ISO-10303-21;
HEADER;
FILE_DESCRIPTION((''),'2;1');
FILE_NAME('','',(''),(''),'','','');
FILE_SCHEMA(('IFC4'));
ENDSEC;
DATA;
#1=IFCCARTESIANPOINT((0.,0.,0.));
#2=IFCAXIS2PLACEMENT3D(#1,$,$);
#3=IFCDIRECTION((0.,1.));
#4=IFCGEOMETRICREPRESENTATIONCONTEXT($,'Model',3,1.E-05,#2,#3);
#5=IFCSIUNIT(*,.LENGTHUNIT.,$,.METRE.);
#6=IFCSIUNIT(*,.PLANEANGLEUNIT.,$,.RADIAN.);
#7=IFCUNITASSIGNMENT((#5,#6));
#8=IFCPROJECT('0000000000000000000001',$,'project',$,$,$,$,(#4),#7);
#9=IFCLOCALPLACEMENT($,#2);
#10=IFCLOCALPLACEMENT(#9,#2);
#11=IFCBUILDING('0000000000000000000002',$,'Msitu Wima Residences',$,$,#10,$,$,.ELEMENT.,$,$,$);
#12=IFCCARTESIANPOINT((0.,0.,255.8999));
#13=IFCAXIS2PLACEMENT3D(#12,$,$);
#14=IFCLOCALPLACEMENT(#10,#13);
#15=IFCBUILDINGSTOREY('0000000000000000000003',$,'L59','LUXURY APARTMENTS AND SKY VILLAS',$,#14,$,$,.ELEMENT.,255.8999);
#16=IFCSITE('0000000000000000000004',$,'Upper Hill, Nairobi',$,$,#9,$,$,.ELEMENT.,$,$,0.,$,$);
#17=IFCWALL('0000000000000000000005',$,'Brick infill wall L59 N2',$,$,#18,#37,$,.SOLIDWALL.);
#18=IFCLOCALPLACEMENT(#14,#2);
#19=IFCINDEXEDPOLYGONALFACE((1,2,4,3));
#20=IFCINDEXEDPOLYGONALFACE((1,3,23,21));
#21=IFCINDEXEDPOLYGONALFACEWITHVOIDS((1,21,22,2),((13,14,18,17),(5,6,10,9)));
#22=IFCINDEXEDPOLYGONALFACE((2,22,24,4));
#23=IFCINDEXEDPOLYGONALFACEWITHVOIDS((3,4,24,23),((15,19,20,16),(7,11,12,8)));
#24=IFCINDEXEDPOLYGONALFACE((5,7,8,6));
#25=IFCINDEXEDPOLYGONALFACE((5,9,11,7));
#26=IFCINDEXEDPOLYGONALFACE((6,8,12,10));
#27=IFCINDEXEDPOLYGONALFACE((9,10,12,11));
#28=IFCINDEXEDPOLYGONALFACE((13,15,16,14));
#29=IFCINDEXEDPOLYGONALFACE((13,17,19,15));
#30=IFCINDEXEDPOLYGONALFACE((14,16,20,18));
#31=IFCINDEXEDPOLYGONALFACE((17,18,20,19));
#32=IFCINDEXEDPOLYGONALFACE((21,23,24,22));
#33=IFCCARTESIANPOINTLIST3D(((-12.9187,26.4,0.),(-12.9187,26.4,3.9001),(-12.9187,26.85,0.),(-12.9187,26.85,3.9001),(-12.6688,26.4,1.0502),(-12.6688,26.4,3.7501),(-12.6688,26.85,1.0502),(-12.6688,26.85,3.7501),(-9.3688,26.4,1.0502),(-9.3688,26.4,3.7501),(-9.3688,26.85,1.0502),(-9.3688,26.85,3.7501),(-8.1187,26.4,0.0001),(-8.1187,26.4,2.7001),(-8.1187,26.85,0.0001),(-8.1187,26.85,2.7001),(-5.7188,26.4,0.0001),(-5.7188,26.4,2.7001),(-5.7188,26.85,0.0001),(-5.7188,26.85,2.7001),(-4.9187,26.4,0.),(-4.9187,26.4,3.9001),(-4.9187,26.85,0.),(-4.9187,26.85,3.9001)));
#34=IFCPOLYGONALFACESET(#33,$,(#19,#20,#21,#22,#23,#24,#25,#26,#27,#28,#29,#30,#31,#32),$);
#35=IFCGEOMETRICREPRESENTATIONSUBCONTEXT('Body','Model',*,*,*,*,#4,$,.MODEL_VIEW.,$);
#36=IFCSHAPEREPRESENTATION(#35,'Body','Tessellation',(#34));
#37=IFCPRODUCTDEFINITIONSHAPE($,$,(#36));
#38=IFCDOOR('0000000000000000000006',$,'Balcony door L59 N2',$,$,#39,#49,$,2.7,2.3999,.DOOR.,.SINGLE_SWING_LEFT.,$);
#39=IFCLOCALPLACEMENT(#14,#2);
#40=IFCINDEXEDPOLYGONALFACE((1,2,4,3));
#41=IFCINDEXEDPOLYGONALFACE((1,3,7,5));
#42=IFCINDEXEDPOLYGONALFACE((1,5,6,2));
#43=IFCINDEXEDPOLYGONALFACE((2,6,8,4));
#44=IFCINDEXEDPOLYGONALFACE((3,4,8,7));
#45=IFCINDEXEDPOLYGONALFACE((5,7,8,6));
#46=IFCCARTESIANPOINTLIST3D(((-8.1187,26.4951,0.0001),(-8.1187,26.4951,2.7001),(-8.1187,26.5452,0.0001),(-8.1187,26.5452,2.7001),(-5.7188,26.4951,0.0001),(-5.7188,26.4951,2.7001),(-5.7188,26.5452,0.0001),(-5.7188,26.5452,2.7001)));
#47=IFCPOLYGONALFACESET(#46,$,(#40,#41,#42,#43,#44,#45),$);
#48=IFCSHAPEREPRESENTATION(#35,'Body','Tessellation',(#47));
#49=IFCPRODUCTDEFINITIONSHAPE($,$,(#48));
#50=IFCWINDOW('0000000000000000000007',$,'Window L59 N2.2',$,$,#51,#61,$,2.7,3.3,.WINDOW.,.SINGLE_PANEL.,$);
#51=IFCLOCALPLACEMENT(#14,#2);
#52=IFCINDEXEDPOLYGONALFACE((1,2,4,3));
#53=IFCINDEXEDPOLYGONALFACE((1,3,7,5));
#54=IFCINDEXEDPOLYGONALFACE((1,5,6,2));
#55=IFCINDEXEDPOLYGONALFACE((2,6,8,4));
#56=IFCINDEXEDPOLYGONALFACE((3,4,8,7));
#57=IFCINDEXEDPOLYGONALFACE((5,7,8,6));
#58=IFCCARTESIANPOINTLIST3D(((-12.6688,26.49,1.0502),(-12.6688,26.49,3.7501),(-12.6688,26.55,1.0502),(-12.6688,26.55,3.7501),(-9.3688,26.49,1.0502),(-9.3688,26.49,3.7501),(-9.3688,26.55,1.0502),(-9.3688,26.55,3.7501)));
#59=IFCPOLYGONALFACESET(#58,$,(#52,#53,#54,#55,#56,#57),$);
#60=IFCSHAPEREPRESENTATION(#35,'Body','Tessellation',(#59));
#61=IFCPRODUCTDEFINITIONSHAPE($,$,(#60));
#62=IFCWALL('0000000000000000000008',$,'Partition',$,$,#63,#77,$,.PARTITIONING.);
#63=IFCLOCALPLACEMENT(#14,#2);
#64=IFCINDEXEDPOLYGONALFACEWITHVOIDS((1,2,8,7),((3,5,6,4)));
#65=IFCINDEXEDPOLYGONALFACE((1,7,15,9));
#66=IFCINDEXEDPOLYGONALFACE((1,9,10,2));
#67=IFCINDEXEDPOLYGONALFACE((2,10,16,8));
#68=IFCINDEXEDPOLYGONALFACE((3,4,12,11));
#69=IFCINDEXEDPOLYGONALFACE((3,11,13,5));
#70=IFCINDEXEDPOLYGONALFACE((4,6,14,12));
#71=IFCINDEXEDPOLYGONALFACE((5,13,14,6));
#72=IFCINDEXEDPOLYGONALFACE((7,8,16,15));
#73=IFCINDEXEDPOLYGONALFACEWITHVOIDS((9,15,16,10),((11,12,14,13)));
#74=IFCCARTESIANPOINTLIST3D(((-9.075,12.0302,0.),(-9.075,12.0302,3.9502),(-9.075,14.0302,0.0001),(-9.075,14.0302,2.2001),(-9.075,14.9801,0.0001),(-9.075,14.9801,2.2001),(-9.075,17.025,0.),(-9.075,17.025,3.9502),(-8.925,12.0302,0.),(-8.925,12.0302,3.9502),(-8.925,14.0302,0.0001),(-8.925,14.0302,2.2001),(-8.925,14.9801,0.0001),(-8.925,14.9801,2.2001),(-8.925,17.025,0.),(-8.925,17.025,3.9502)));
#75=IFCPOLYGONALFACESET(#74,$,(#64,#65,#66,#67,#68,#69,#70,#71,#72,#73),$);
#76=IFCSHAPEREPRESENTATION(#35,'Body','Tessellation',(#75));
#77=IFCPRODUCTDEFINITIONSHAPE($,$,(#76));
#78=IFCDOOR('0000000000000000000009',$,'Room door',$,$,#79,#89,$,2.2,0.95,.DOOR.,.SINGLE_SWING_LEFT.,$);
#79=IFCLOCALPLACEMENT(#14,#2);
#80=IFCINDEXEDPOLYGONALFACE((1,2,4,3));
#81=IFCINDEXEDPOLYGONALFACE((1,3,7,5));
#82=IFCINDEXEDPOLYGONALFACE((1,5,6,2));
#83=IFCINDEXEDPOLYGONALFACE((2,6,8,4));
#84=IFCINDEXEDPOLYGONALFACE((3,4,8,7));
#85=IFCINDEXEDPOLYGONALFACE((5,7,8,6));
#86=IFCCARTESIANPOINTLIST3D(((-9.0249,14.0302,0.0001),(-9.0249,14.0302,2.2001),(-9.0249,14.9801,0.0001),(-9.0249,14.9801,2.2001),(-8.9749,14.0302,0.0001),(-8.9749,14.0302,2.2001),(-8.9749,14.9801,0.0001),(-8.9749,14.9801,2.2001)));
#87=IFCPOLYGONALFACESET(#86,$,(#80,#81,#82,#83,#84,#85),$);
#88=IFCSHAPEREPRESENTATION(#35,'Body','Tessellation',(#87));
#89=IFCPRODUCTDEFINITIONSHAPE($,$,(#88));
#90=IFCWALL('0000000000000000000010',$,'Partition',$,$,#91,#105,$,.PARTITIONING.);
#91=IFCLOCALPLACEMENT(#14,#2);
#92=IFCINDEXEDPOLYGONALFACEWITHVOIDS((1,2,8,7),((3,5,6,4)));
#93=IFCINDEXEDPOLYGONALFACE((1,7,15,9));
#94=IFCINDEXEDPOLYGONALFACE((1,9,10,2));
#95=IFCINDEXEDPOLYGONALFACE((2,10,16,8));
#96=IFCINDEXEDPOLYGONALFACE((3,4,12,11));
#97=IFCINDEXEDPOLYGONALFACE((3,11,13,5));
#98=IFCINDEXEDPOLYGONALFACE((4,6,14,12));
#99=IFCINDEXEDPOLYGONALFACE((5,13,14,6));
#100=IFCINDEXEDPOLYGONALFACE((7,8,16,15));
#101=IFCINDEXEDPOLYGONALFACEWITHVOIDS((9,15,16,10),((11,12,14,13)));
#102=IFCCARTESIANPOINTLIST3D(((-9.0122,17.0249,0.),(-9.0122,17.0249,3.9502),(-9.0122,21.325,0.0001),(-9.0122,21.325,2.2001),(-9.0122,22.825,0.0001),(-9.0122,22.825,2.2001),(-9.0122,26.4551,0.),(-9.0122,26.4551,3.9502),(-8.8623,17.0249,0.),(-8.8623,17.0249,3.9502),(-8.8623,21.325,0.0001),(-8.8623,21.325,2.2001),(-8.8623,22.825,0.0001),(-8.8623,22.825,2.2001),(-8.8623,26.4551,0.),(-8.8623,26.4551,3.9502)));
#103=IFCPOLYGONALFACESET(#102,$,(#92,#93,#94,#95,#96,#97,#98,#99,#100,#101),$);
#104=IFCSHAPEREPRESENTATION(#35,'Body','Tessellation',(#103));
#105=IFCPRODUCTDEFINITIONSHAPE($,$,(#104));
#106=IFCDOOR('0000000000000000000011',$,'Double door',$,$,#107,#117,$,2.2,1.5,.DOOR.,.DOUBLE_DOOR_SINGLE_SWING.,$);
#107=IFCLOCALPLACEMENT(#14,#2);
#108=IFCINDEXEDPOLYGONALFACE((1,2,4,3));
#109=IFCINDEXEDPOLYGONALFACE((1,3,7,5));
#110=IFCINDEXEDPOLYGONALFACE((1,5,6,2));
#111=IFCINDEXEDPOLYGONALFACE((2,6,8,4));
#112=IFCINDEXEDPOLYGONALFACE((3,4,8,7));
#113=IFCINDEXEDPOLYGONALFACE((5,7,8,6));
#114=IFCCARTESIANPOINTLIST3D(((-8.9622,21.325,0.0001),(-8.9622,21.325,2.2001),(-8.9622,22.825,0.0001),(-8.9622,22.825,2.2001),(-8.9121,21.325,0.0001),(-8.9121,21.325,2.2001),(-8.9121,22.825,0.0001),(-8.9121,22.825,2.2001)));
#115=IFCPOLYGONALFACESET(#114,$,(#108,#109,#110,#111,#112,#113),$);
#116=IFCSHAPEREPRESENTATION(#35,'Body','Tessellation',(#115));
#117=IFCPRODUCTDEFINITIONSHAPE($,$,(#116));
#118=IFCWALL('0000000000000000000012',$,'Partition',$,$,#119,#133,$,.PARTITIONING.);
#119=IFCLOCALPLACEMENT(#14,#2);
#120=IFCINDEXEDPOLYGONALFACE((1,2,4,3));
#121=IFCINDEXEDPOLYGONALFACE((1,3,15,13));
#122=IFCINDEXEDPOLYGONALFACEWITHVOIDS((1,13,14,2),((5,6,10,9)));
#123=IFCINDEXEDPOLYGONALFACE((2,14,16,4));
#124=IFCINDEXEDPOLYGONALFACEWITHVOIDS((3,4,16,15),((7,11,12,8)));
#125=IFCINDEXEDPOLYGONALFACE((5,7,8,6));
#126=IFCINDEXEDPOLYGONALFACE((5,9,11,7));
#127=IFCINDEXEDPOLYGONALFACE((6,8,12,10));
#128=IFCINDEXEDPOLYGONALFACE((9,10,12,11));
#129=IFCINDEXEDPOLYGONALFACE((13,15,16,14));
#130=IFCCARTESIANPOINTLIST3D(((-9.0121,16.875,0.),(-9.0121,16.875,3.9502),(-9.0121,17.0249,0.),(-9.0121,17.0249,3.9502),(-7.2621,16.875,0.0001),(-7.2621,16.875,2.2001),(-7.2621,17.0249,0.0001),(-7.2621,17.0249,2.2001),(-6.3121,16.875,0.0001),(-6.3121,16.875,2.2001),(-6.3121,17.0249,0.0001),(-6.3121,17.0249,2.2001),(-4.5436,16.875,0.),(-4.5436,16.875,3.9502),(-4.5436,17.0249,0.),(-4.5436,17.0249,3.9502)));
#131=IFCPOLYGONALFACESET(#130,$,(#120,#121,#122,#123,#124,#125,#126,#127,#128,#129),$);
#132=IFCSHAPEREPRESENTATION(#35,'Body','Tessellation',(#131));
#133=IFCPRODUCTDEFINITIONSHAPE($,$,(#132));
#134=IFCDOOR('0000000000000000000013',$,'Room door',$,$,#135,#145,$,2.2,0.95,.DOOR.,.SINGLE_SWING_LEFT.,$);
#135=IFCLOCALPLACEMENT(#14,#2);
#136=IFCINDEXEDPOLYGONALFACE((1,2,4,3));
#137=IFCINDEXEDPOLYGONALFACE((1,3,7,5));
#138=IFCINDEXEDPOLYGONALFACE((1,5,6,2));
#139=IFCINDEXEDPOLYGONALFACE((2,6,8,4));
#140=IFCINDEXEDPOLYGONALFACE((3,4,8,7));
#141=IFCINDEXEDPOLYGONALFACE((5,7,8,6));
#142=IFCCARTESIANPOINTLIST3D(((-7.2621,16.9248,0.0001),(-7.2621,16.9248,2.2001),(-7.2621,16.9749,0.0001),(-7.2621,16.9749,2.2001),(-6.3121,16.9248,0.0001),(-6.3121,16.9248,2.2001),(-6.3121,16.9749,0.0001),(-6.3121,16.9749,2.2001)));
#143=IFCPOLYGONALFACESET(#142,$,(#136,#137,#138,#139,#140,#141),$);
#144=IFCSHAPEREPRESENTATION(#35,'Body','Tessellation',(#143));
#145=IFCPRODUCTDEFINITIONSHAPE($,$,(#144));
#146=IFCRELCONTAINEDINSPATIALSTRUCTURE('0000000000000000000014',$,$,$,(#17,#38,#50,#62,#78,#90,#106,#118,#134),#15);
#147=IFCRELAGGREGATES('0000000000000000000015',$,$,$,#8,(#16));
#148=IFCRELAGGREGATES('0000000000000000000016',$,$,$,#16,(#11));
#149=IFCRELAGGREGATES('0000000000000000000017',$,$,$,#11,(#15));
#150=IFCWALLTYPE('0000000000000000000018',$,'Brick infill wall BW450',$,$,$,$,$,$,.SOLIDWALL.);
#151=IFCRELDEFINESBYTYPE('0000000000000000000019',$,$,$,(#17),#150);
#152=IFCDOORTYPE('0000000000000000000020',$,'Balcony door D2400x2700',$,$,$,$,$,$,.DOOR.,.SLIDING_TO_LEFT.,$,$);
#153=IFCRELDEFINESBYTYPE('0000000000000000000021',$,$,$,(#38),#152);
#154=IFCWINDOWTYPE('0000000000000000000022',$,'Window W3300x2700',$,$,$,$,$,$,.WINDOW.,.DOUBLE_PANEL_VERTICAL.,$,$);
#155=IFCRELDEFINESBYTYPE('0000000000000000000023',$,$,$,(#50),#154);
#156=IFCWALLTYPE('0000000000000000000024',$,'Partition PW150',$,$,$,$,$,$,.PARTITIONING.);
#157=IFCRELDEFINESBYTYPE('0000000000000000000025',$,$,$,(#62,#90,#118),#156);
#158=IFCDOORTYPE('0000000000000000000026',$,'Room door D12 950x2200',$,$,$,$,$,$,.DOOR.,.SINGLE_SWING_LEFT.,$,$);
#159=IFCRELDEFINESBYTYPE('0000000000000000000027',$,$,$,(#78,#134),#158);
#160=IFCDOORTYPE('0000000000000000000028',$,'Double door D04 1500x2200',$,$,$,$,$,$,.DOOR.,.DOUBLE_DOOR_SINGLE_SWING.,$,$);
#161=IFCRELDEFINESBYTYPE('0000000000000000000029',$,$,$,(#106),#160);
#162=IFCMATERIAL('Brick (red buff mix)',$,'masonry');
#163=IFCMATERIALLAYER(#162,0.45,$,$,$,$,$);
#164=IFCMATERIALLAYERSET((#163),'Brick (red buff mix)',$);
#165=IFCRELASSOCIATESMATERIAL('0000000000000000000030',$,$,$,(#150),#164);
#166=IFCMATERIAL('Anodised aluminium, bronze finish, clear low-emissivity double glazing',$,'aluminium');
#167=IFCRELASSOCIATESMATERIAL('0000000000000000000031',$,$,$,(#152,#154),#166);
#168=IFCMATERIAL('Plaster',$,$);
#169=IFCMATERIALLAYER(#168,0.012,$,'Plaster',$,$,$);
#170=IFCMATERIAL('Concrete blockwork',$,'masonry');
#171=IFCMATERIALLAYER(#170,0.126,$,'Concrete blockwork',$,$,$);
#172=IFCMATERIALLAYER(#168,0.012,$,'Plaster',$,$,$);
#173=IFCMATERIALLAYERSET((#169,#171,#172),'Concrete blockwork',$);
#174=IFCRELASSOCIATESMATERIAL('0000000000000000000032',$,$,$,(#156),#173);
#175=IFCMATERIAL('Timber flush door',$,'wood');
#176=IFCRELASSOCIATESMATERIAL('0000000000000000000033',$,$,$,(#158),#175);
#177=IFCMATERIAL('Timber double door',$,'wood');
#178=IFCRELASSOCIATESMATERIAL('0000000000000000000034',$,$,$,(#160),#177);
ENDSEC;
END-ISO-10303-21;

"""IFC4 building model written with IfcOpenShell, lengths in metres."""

from ifc_helpers import new_model, si_unit, direction, frame, frame_2d, origin, place, context, subcontext, project, spatial, rectangle, extrude, material, layer, layer_set, type_object, element, fill, save


model = new_model("IFC4")

# Units and contexts
model_context = context("Model", 3, precision=1e-05, world=origin(), true_north=direction((0.0, 1.0)))
body_context = subcontext(model_context, "Body", "Model", "MODEL_VIEW")
ifc_project = project(units=[si_unit("LENGTHUNIT", "METRE"), si_unit("PLANEANGLEUNIT", "RADIAN")], contexts=[model_context])

# Site, building, storey
site_placement = place(None, origin())
site = spatial("IfcSite", under=ifc_project, at=site_placement, Name="Upper Hill, Nairobi", CompositionType="ELEMENT", RefElevation=0.0)
building_placement = place(site_placement, origin())
building = spatial("IfcBuilding", under=site, at=building_placement, Name="Msitu Wima Residences", CompositionType="ELEMENT")
storey_placement = place(building_placement, frame((0.0, 0.0, 255.8999)))
storey = spatial("IfcBuildingStorey", under=building, at=storey_placement, Name="L59", Description="LUXURY APARTMENTS AND SKY VILLAS", CompositionType="ELEMENT", Elevation=255.8999)

# Wall, openings, door, window
ifc_material_1 = material(Name="Brick (red buff mix)", Category="masonry")
ifc_layer_1 = layer(ifc_material_1, 0.45)
ifc_layer_set_1 = layer_set([ifc_layer_1], Name="Brick (red buff mix)")
wall_type_1 = type_object("IfcWallType", Name="Brick infill wall BW450", PredefinedType="SOLIDWALL", material=ifc_layer_set_1)
wall_1_placement = place(storey_placement, frame((-4.9187, 26.625, 0.0), z_axis=(0.0, 0.0, 1.0), x_axis=(-1.0, 0.0, 0.0)))
wall_1 = element("IfcWall", 1, at=wall_1_placement, inside=storey, type_object=wall_type_1, Name="Brick infill wall L59 N2", PredefinedType="SOLIDWALL", context=body_context, shape_type="SweptSolid", body=[
    extrude(rectangle(XDim=8.0, YDim=0.45, at=frame_2d((4.0, 0.0))), origin(), (0.0, 0.0, 1.0), 3.9001),
])
opening_1_placement = place(wall_1_placement, frame((0.8, 0.0, 0.0)))
opening_1 = element("IfcOpeningElement", 2, at=opening_1_placement, cuts=wall_1, PredefinedType="OPENING", context=body_context, shape_type="SweptSolid", body=[
    extrude(rectangle(XDim=2.3999, YDim=2.7, at=frame_2d((1.2, 1.3501))), frame((0.0, 0.2349, 0.0), z_axis=(0.0, -1.0, 0.0), x_axis=(1.0, 0.0, 0.0)), (0.0, 0.0, 1.0), 0.47),
])
opening_2_placement = place(wall_1_placement, frame((4.4502, 0.0, 1.05)))
opening_2 = element("IfcOpeningElement", 3, at=opening_2_placement, cuts=wall_1, PredefinedType="OPENING", context=body_context, shape_type="SweptSolid", body=[
    extrude(rectangle(XDim=3.3, YDim=2.7, at=frame_2d((1.6499, 1.3501))), frame((0.0, 0.2349, 0.0), z_axis=(0.0, -1.0, 0.0), x_axis=(1.0, 0.0, 0.0)), (0.0, 0.0, 1.0), 0.47),
])
ifc_material_2 = material(Name="Anodised aluminium, bronze finish, clear low-emissivity double glazing", Category="aluminium")
door_type_1 = type_object("IfcDoorType", Name="Balcony door D2400x2700", OperationType="SLIDING_TO_LEFT", PredefinedType="DOOR", material=ifc_material_2)
door_1_placement = place(opening_1_placement, origin())
door_1 = element("IfcDoor", 4, at=door_1_placement, inside=storey, type_object=door_type_1, Name="Balcony door L59 N2", OperationType="SINGLE_SWING_LEFT", OverallHeight=2.7, OverallWidth=2.3999, PredefinedType="DOOR", context=body_context, shape_type="SweptSolid", body=[
    extrude(rectangle(XDim=2.3999, YDim=2.7, at=frame_2d((1.2, 1.3501))), frame((0.0, 0.1299, 0.0), z_axis=(0.0, -1.0, 0.0), x_axis=(1.0, 0.0, 0.0)), (0.0, 0.0, 1.0), 0.05),
])
fill(opening_1, door_1)
window_type = type_object("IfcWindowType", Name="Window W3300x2700", PartitioningType="DOUBLE_PANEL_VERTICAL", PredefinedType="WINDOW", material=ifc_material_2)
window_placement = place(opening_2_placement, origin())
window = element("IfcWindow", 5, at=window_placement, inside=storey, type_object=window_type, Name="Window L59 N2.2", OverallHeight=2.7, OverallWidth=3.3, PartitioningType="SINGLE_PANEL", PredefinedType="WINDOW", context=body_context, shape_type="SweptSolid", body=[
    extrude(rectangle(XDim=3.3, YDim=2.7, at=frame_2d((1.6499, 1.3501))), frame((0.0, 0.135, 0.0), z_axis=(0.0, -1.0, 0.0), x_axis=(1.0, 0.0, 0.0)), (0.0, 0.0, 1.0), 0.0601),
])
fill(opening_2, window)

# Walls, openings, doors
ifc_material_3 = material(Name="Plaster")
ifc_layer_2 = layer(ifc_material_3, 0.012, Name="Plaster")
ifc_material_4 = material(Name="Concrete blockwork", Category="masonry")
ifc_layer_3 = layer(ifc_material_4, 0.126, Name="Concrete blockwork")
ifc_layer_4 = layer(ifc_material_3, 0.012, Name="Plaster")
ifc_layer_set_2 = layer_set([ifc_layer_2, ifc_layer_3, ifc_layer_4], Name="Concrete blockwork")
wall_type_2 = type_object("IfcWallType", Name="Partition PW150", PredefinedType="PARTITIONING", material=ifc_layer_set_2)
wall_2_placement = place(storey_placement, frame((-9.0, 12.03, 0.0), z_axis=(0.0, 0.0, 1.0), x_axis=(0.0, 1.0, 0.0)))
wall_2 = element("IfcWall", 6, at=wall_2_placement, inside=storey, type_object=wall_type_2, Name="Partition", PredefinedType="PARTITIONING", context=body_context, shape_type="SweptSolid", body=[
    extrude(rectangle(XDim=4.9949, YDim=0.1499, at=frame_2d((2.4976, 0.0))), origin(), (0.0, 0.0, 1.0), 3.9502),
])
opening_3_placement = place(wall_2_placement, frame((2.0, 0.0, 0.0)))
opening_3 = element("IfcOpeningElement", 7, at=opening_3_placement, cuts=wall_2, PredefinedType="OPENING", context=body_context, shape_type="SweptSolid", body=[
    extrude(rectangle(XDim=0.95, YDim=2.2, at=frame_2d((0.4751, 1.1001))), frame((0.0, 0.085, 0.0), z_axis=(0.0, -1.0, 0.0), x_axis=(1.0, 0.0, 0.0)), (0.0, 0.0, 1.0), 0.1699),
])
ifc_material_5 = material(Name="Timber flush door", Category="wood")
door_type_2 = type_object("IfcDoorType", Name="Room door D12 950x2200", OperationType="SINGLE_SWING_LEFT", PredefinedType="DOOR", material=ifc_material_5)
door_2_placement = place(opening_3_placement, origin())
door_2 = element("IfcDoor", 8, at=door_2_placement, inside=storey, type_object=door_type_2, Name="Room door", OperationType="SINGLE_SWING_LEFT", OverallHeight=2.2, OverallWidth=0.95, PredefinedType="DOOR", context=body_context, shape_type="SweptSolid", body=[
    extrude(rectangle(XDim=0.95, YDim=2.2, at=frame_2d((0.4751, 1.1001))), frame((0.0, 0.0249, 0.0), z_axis=(0.0, -1.0, 0.0), x_axis=(1.0, 0.0, 0.0)), (0.0, 0.0, 1.0), 0.05),
])
fill(opening_3, door_2)
wall_3_placement = place(storey_placement, frame((-8.9373, 17.0249, 0.0), z_axis=(0.0, 0.0, 1.0), x_axis=(0.0, 1.0, 0.0)))
wall_3 = element("IfcWall", 9, at=wall_3_placement, inside=storey, type_object=wall_type_2, Name="Partition", PredefinedType="PARTITIONING", context=body_context, shape_type="SweptSolid", body=[
    extrude(rectangle(XDim=9.4302, YDim=0.1499, at=frame_2d((4.7151, 0.0))), origin(), (0.0, 0.0, 1.0), 3.9502),
])
opening_4_placement = place(wall_3_placement, frame((4.3, 0.0, 0.0)))
opening_4 = element("IfcOpeningElement", 10, at=opening_4_placement, cuts=wall_3, PredefinedType="OPENING", context=body_context, shape_type="SweptSolid", body=[
    extrude(rectangle(XDim=1.5, YDim=2.2, at=frame_2d((0.75, 1.1001))), frame((0.0, 0.085, 0.0), z_axis=(0.0, -1.0, 0.0), x_axis=(1.0, 0.0, 0.0)), (0.0, 0.0, 1.0), 0.1699),
])
ifc_material_6 = material(Name="Timber double door", Category="wood")
door_type_3 = type_object("IfcDoorType", Name="Double door D04 1500x2200", OperationType="DOUBLE_DOOR_SINGLE_SWING", PredefinedType="DOOR", material=ifc_material_6)
door_3_placement = place(opening_4_placement, origin())
door_3 = element("IfcDoor", 11, at=door_3_placement, inside=storey, type_object=door_type_3, Name="Double door", OperationType="DOUBLE_DOOR_SINGLE_SWING", OverallHeight=2.2, OverallWidth=1.5, PredefinedType="DOOR", context=body_context, shape_type="SweptSolid", body=[
    extrude(rectangle(XDim=1.5, YDim=2.2, at=frame_2d((0.75, 1.1001))), frame((0.0, 0.0249, 0.0), z_axis=(0.0, -1.0, 0.0), x_axis=(1.0, 0.0, 0.0)), (0.0, 0.0, 1.0), 0.05),
])
fill(opening_4, door_3)
wall_4_placement = place(storey_placement, frame((-9.0122, 16.95, 0.0), z_axis=(0.0, 0.0, 1.0), x_axis=(1.0, 0.0, 0.0)))
wall_4 = element("IfcWall", 12, at=wall_4_placement, inside=storey, type_object=wall_type_2, Name="Partition", PredefinedType="PARTITIONING", context=body_context, shape_type="SweptSolid", body=[
    extrude(rectangle(XDim=4.4685, YDim=0.1499, at=frame_2d((2.2344, 0.0))), origin(), (0.0, 0.0, 1.0), 3.9502),
])
opening_5_placement = place(wall_4_placement, frame((1.75, 0.0, 0.0)))
opening_5 = element("IfcOpeningElement", 13, at=opening_5_placement, cuts=wall_4, PredefinedType="OPENING", context=body_context, shape_type="SweptSolid", body=[
    extrude(rectangle(XDim=0.95, YDim=2.2, at=frame_2d((0.4751, 1.1001))), frame((0.0, 0.085, 0.0), z_axis=(0.0, -1.0, 0.0), x_axis=(1.0, 0.0, 0.0)), (0.0, 0.0, 1.0), 0.1699),
])
door_4_placement = place(opening_5_placement, origin())
door_4 = element("IfcDoor", 14, at=door_4_placement, inside=storey, type_object=door_type_2, Name="Room door", OperationType="SINGLE_SWING_LEFT", OverallHeight=2.2, OverallWidth=0.95, PredefinedType="DOOR", context=body_context, shape_type="SweptSolid", body=[
    extrude(rectangle(XDim=0.95, YDim=2.2, at=frame_2d((0.4751, 1.1001))), frame((0.0, 0.0249, 0.0), z_axis=(0.0, -1.0, 0.0), x_axis=(1.0, 0.0, 0.0)), (0.0, 0.0, 1.0), 0.05),
])
fill(opening_5, door_4)

save(model, "model.ifc")
